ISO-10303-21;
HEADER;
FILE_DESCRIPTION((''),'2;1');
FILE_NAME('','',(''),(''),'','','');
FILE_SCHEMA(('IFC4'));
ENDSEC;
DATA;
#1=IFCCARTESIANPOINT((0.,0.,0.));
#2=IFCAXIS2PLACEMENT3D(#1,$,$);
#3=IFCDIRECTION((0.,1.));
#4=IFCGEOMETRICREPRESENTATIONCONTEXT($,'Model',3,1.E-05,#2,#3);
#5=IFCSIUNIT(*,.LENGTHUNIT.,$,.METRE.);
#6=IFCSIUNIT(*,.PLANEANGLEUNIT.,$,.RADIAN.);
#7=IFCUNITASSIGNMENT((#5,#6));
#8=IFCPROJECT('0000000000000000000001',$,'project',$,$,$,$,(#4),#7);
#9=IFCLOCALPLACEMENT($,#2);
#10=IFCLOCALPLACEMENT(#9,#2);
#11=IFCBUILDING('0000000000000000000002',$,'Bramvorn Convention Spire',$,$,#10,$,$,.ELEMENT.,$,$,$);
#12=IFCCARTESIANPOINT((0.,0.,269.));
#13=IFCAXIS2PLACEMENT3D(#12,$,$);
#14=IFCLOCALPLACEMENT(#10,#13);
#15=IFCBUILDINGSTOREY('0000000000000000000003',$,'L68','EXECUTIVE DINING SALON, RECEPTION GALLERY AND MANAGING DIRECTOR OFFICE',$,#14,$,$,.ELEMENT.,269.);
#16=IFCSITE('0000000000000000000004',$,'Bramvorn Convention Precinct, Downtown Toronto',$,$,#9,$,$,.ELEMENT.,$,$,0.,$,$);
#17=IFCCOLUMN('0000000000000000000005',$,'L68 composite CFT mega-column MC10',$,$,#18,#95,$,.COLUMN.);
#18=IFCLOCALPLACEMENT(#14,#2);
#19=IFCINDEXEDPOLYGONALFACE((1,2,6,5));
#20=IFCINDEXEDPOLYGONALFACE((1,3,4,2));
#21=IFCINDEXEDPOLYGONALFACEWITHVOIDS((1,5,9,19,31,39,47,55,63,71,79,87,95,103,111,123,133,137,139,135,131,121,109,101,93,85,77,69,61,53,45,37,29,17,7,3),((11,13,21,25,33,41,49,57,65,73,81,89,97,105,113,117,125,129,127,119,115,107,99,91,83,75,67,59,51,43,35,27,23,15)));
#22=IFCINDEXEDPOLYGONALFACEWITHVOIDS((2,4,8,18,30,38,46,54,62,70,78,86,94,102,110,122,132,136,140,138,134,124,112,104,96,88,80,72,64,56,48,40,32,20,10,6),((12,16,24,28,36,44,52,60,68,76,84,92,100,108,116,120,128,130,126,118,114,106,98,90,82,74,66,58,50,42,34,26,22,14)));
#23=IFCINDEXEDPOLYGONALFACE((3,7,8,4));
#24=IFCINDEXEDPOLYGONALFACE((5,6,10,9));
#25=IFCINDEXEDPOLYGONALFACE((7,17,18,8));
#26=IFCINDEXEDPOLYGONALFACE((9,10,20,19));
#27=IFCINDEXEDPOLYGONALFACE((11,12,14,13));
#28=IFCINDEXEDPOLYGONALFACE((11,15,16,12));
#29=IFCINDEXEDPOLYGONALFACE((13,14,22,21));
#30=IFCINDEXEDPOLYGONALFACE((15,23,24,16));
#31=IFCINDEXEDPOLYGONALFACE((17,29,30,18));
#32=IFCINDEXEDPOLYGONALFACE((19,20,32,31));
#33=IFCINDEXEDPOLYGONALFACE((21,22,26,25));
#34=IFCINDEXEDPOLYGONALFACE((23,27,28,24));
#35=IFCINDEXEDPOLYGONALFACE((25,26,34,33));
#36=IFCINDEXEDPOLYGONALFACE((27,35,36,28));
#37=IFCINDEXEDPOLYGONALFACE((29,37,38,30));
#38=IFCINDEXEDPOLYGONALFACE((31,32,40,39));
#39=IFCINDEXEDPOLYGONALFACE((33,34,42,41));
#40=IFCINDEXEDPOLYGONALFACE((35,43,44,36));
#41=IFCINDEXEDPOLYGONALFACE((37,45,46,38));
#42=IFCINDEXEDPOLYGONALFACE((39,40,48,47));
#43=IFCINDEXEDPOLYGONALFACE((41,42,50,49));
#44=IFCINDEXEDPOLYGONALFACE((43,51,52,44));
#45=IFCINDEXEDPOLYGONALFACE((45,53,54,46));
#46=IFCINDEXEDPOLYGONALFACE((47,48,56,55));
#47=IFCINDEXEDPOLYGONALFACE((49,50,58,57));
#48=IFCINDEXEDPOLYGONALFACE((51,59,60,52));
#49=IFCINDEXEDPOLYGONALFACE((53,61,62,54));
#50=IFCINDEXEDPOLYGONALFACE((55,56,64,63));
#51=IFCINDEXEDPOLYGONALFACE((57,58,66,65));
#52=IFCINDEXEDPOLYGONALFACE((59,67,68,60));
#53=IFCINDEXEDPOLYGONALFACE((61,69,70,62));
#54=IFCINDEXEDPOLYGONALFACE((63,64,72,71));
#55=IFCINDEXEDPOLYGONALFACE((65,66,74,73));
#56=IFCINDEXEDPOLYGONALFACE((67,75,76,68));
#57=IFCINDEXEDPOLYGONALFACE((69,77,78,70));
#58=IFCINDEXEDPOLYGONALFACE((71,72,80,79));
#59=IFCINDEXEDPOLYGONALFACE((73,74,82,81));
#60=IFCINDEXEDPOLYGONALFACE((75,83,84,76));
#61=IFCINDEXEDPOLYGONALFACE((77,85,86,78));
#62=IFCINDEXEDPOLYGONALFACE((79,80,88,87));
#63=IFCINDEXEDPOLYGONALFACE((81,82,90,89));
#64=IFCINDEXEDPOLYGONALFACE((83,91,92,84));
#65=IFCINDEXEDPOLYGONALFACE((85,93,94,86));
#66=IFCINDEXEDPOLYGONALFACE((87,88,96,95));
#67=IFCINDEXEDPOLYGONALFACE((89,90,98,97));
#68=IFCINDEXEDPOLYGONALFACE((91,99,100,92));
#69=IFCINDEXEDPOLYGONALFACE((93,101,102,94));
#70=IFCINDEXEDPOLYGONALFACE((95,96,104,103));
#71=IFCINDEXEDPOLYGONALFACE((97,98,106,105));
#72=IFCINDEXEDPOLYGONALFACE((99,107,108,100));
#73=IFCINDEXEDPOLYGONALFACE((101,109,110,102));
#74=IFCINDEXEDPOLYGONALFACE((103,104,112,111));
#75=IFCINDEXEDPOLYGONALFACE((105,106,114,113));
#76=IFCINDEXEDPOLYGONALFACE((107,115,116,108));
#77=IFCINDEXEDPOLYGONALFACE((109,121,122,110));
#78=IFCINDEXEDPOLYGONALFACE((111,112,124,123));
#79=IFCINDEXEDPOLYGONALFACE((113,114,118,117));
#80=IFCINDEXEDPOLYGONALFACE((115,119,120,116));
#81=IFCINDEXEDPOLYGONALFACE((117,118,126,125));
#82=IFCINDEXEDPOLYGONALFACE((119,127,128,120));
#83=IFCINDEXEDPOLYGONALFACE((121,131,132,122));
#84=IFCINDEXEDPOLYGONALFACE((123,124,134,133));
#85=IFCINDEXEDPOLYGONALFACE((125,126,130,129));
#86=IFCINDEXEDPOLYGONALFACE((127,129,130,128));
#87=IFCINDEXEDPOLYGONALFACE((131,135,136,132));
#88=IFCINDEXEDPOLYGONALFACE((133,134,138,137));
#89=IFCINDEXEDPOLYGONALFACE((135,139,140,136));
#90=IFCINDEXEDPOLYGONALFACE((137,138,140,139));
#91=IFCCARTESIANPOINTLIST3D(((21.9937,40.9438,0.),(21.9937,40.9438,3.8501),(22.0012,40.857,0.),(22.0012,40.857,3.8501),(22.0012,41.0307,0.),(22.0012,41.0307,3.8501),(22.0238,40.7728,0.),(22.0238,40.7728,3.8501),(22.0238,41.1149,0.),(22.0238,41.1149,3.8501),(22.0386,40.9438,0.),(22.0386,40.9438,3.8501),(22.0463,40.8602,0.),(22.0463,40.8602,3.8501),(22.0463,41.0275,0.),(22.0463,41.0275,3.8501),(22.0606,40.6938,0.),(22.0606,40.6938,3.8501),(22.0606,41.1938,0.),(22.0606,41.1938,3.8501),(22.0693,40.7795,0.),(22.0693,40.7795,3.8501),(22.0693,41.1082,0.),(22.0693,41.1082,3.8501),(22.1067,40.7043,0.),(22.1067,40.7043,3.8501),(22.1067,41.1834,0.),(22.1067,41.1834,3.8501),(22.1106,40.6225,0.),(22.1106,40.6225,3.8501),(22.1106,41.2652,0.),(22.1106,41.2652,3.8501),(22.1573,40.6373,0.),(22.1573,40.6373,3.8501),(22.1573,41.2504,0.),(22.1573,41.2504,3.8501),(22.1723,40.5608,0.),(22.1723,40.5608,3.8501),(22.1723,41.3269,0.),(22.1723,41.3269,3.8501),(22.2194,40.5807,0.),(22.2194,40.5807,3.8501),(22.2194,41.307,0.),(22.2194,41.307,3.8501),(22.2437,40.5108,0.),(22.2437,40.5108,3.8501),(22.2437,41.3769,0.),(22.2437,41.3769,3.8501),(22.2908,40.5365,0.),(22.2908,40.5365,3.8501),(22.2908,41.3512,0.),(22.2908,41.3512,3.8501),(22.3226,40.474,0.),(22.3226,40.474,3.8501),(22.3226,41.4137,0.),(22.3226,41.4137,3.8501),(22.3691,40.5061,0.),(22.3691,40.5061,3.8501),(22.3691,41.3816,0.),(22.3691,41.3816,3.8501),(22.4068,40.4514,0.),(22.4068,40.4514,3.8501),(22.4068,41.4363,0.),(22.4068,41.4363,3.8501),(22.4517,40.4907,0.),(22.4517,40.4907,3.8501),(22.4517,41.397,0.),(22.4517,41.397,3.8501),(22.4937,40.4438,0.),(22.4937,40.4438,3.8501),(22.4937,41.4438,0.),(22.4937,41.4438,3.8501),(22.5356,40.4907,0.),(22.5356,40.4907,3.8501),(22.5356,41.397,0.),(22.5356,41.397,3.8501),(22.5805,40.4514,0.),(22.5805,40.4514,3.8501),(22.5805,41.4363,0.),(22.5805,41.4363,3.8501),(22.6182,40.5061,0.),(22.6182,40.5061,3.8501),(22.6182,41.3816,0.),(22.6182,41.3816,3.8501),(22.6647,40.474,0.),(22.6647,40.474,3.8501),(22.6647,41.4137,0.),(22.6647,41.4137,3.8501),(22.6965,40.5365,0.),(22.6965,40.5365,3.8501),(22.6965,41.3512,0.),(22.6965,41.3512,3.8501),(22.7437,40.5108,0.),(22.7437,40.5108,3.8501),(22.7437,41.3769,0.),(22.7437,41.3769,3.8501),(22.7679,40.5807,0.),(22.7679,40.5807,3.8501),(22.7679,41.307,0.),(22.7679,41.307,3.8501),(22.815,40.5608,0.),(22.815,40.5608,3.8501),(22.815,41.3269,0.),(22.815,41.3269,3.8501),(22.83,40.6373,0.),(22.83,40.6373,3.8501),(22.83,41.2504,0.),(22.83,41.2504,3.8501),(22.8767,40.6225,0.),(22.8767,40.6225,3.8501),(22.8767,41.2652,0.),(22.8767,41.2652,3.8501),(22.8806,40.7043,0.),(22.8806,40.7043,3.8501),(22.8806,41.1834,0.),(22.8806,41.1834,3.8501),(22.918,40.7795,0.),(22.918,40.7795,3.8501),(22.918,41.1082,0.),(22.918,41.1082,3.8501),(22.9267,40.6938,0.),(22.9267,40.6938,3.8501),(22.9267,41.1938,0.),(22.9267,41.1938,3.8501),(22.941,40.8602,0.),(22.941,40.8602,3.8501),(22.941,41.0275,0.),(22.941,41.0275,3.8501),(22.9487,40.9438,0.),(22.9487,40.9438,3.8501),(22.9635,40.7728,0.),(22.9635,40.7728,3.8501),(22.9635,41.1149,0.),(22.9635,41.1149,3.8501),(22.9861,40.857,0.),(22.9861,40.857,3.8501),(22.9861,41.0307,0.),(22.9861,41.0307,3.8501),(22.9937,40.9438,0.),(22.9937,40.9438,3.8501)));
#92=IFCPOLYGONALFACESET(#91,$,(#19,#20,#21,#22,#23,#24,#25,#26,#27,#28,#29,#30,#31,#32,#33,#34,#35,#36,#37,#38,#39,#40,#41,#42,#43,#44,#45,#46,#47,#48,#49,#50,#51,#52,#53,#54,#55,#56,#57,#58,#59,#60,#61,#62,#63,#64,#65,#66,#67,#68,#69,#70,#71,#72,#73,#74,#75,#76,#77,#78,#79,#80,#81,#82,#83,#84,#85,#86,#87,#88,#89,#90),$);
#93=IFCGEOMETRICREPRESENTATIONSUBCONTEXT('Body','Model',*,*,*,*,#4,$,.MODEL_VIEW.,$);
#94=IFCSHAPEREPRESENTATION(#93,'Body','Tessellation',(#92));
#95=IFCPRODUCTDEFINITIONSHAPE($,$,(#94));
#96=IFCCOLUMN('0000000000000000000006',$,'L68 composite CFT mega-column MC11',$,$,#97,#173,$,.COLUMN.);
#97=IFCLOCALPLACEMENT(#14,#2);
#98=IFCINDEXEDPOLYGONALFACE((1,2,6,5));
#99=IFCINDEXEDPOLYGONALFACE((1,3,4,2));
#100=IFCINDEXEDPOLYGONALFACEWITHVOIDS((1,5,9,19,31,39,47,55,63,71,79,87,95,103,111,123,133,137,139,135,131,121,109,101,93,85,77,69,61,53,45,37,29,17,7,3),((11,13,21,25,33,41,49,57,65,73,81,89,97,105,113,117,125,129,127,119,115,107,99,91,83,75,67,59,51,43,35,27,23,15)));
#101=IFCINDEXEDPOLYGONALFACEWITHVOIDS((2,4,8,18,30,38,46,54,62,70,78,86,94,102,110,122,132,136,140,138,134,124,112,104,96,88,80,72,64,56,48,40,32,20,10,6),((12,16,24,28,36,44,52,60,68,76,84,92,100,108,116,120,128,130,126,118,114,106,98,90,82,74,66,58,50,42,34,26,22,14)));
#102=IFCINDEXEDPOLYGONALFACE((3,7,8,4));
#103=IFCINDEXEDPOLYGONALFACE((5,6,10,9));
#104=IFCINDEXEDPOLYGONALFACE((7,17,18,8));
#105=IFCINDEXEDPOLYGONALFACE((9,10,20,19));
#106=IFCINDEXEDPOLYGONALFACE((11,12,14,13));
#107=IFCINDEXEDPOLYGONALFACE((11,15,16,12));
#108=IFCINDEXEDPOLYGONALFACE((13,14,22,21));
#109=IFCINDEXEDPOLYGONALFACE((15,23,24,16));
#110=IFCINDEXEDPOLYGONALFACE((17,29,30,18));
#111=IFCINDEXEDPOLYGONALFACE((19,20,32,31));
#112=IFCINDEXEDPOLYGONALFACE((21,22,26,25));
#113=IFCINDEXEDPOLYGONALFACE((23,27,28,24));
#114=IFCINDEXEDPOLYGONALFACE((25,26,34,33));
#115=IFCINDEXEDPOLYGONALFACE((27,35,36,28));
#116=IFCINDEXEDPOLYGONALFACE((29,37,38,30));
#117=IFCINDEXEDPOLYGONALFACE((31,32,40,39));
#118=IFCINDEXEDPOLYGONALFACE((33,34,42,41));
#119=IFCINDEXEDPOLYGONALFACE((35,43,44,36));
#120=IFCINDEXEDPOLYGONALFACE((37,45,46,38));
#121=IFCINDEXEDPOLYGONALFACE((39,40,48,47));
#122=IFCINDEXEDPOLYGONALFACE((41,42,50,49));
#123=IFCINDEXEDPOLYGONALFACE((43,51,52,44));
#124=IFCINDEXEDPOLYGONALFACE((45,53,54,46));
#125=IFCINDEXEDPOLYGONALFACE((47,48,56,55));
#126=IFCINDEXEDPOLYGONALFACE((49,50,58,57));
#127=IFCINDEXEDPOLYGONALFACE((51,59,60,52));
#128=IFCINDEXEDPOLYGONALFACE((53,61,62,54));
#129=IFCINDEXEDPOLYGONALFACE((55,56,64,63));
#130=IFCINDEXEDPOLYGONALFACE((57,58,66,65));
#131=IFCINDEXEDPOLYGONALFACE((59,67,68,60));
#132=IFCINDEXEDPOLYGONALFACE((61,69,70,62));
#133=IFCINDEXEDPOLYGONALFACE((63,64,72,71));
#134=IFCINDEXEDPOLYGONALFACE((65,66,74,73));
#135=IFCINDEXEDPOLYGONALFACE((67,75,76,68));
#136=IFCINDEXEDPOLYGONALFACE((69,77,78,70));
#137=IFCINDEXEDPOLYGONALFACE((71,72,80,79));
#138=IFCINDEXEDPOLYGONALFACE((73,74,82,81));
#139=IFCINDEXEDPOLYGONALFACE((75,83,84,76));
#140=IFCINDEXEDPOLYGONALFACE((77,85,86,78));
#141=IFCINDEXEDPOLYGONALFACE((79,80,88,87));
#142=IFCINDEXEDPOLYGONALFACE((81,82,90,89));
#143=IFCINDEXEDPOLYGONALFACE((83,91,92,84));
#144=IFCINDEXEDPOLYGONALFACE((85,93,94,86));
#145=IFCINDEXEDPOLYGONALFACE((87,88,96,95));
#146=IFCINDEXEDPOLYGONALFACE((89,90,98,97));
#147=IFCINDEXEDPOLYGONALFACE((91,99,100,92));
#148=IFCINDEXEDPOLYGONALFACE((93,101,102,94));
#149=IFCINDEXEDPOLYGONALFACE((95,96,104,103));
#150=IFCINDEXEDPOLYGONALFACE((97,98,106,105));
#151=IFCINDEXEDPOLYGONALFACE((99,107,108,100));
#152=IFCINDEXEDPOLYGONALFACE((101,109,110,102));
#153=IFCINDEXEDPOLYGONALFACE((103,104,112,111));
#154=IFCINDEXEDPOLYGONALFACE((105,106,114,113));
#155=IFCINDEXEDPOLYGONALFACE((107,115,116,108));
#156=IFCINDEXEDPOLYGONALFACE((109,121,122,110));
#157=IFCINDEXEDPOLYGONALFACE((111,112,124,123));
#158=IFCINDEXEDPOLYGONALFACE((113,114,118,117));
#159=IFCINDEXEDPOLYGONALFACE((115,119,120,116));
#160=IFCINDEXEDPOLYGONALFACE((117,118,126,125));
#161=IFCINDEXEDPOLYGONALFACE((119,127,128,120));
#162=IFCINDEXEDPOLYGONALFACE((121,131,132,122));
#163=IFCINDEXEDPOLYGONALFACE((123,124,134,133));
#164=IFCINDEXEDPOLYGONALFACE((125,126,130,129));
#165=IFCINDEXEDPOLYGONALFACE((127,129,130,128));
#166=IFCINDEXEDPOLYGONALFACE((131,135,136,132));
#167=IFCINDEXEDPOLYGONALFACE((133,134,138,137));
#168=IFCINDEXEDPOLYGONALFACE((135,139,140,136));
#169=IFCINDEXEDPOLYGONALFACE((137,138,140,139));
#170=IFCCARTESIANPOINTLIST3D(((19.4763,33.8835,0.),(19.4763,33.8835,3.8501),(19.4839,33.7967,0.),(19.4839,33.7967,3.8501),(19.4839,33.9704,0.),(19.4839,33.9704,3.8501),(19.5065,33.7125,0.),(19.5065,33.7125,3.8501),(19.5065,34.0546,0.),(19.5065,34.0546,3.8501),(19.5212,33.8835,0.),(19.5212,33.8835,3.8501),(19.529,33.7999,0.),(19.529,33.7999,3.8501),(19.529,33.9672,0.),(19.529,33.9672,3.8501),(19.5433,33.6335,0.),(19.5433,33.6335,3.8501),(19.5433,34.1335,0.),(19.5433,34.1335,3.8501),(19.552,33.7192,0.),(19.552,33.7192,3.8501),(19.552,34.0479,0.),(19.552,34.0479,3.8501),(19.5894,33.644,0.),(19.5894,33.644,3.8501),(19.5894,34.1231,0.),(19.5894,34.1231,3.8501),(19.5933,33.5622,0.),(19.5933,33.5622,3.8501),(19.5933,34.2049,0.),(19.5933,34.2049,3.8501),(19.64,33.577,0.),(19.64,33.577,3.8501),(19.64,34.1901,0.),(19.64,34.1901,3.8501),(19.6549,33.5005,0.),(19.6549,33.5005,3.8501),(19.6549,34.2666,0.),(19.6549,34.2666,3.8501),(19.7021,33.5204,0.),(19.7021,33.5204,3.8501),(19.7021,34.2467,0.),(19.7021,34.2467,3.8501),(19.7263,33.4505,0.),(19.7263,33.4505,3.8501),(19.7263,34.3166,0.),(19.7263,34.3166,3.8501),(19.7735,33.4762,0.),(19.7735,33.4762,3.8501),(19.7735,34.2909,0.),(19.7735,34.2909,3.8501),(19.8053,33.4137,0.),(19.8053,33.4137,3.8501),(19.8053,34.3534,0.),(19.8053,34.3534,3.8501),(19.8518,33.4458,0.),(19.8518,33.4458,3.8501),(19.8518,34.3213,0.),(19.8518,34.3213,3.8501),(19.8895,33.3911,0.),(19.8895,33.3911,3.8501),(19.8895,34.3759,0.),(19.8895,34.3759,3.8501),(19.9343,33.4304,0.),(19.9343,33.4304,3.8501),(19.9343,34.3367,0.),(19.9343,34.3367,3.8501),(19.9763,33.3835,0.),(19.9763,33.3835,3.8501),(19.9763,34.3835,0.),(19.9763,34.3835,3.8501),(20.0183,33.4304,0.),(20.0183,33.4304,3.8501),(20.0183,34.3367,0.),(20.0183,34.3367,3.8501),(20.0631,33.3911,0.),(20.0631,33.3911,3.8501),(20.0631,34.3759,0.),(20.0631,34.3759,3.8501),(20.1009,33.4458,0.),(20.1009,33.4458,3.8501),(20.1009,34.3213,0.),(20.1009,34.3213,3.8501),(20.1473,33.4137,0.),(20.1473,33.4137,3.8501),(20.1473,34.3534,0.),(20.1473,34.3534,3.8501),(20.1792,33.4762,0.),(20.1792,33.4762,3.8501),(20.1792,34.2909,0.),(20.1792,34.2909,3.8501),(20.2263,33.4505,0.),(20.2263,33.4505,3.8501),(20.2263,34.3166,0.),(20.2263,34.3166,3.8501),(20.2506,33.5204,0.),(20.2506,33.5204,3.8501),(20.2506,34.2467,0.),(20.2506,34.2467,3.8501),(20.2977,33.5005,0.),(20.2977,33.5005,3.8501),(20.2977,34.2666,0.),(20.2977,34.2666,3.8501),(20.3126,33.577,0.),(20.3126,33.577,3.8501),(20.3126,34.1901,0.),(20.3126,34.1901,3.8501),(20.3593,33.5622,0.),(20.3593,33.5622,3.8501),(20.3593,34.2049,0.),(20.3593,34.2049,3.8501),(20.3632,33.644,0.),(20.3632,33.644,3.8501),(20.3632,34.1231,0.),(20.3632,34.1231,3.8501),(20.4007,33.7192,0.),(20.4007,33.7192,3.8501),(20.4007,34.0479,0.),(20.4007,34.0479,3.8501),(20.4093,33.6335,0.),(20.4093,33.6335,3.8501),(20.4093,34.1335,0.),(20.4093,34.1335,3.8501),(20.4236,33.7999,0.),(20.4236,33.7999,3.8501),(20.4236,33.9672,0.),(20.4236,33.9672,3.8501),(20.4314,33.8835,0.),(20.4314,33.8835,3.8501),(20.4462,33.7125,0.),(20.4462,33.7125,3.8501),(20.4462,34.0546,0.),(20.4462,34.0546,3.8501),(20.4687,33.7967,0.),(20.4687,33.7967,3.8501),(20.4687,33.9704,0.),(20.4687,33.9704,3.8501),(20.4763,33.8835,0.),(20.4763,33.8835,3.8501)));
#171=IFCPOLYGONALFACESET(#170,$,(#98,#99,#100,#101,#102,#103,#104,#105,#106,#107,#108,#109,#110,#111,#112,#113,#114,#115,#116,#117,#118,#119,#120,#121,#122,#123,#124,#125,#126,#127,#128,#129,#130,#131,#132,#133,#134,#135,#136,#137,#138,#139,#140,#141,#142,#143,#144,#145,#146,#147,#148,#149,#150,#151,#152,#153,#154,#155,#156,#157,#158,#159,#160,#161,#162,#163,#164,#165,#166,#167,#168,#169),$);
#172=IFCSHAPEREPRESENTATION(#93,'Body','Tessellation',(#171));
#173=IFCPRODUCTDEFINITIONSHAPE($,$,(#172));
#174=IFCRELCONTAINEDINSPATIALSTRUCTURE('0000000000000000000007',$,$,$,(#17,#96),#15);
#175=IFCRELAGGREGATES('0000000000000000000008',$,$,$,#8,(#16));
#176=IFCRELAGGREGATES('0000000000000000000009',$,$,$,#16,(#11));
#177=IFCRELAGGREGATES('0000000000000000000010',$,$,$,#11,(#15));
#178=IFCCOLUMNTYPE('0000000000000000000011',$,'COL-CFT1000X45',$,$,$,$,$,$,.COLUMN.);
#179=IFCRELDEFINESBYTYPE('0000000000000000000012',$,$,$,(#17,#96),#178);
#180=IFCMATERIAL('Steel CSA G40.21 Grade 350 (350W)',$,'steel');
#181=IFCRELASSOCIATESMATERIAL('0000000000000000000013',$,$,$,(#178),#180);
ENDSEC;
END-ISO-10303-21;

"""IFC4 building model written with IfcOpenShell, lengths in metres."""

from ifc_helpers import new_model, si_unit, direction, frame, origin, origin_2d, place, context, subcontext, project, spatial, hollow_circle, extrude, material, material_profile, profile_set, type_object, element, save


model = new_model("IFC4")

# Units and contexts
model_context = context("Model", 3, precision=1e-05, world=origin(), true_north=direction((0.0, 1.0)))
body_context = subcontext(model_context, "Body", "Model", "MODEL_VIEW")
ifc_project = project(units=[si_unit("LENGTHUNIT", "METRE"), si_unit("PLANEANGLEUNIT", "RADIAN")], contexts=[model_context])

# Site, building, storey
site_placement = place(None, origin())
site = spatial("IfcSite", under=ifc_project, at=site_placement, Name="Bramvorn Convention Precinct, Downtown Toronto", CompositionType="ELEMENT", RefElevation=0.0)
building_placement = place(site_placement, origin())
building = spatial("IfcBuilding", under=site, at=building_placement, Name="Bramvorn Convention Spire", CompositionType="ELEMENT")
storey_placement = place(building_placement, frame((0.0, 0.0, 269.0)))
storey = spatial("IfcBuildingStorey", under=building, at=storey_placement, Name="L68", Description="EXECUTIVE DINING SALON, RECEPTION GALLERY AND MANAGING DIRECTOR OFFICE", CompositionType="ELEMENT", Elevation=269.0)

# Columns
ifc_material_1 = material(Name="Steel CSA G40.21 Grade 350 (350W)", Category="steel")
ifc_material_profile_1 = material_profile(ifc_material_1, hollow_circle(Radius=0.5, WallThickness=0.0449, at=origin_2d()))
ifc_profile_set_1 = profile_set([ifc_material_profile_1], Name="Steel CSA G40.21 Grade 350 (350W) - CFT1000X45")
column_type = type_object("IfcColumnType", Name="COL-CFT1000X45", PredefinedType="COLUMN", material=ifc_profile_set_1)
for number, where, z_axis, x_axis, name in (
    (1, (22.4937, 40.9438, 0.0), (0.0, 0.0, 1.0), (1.0, 0.0, 0.0), "L68 composite CFT mega-column MC10"),
    (2, (19.9763, 33.8835, 0.0), (0.0, 0.0, 1.0), (1.0, 0.0, 0.0), "L68 composite CFT mega-column MC11"),
):
    element("IfcColumn", number, at=place(storey_placement, frame(where, z_axis=z_axis, x_axis=x_axis)), inside=storey, type_object=column_type, Name=name, PredefinedType="COLUMN", context=body_context, shape_type="SweptSolid", body=[
        extrude(hollow_circle(Radius=0.5, WallThickness=0.0449, at=origin_2d()), origin(), (0.0, 0.0, 1.0), 3.8501),
    ])

save(model, "model.ifc")
